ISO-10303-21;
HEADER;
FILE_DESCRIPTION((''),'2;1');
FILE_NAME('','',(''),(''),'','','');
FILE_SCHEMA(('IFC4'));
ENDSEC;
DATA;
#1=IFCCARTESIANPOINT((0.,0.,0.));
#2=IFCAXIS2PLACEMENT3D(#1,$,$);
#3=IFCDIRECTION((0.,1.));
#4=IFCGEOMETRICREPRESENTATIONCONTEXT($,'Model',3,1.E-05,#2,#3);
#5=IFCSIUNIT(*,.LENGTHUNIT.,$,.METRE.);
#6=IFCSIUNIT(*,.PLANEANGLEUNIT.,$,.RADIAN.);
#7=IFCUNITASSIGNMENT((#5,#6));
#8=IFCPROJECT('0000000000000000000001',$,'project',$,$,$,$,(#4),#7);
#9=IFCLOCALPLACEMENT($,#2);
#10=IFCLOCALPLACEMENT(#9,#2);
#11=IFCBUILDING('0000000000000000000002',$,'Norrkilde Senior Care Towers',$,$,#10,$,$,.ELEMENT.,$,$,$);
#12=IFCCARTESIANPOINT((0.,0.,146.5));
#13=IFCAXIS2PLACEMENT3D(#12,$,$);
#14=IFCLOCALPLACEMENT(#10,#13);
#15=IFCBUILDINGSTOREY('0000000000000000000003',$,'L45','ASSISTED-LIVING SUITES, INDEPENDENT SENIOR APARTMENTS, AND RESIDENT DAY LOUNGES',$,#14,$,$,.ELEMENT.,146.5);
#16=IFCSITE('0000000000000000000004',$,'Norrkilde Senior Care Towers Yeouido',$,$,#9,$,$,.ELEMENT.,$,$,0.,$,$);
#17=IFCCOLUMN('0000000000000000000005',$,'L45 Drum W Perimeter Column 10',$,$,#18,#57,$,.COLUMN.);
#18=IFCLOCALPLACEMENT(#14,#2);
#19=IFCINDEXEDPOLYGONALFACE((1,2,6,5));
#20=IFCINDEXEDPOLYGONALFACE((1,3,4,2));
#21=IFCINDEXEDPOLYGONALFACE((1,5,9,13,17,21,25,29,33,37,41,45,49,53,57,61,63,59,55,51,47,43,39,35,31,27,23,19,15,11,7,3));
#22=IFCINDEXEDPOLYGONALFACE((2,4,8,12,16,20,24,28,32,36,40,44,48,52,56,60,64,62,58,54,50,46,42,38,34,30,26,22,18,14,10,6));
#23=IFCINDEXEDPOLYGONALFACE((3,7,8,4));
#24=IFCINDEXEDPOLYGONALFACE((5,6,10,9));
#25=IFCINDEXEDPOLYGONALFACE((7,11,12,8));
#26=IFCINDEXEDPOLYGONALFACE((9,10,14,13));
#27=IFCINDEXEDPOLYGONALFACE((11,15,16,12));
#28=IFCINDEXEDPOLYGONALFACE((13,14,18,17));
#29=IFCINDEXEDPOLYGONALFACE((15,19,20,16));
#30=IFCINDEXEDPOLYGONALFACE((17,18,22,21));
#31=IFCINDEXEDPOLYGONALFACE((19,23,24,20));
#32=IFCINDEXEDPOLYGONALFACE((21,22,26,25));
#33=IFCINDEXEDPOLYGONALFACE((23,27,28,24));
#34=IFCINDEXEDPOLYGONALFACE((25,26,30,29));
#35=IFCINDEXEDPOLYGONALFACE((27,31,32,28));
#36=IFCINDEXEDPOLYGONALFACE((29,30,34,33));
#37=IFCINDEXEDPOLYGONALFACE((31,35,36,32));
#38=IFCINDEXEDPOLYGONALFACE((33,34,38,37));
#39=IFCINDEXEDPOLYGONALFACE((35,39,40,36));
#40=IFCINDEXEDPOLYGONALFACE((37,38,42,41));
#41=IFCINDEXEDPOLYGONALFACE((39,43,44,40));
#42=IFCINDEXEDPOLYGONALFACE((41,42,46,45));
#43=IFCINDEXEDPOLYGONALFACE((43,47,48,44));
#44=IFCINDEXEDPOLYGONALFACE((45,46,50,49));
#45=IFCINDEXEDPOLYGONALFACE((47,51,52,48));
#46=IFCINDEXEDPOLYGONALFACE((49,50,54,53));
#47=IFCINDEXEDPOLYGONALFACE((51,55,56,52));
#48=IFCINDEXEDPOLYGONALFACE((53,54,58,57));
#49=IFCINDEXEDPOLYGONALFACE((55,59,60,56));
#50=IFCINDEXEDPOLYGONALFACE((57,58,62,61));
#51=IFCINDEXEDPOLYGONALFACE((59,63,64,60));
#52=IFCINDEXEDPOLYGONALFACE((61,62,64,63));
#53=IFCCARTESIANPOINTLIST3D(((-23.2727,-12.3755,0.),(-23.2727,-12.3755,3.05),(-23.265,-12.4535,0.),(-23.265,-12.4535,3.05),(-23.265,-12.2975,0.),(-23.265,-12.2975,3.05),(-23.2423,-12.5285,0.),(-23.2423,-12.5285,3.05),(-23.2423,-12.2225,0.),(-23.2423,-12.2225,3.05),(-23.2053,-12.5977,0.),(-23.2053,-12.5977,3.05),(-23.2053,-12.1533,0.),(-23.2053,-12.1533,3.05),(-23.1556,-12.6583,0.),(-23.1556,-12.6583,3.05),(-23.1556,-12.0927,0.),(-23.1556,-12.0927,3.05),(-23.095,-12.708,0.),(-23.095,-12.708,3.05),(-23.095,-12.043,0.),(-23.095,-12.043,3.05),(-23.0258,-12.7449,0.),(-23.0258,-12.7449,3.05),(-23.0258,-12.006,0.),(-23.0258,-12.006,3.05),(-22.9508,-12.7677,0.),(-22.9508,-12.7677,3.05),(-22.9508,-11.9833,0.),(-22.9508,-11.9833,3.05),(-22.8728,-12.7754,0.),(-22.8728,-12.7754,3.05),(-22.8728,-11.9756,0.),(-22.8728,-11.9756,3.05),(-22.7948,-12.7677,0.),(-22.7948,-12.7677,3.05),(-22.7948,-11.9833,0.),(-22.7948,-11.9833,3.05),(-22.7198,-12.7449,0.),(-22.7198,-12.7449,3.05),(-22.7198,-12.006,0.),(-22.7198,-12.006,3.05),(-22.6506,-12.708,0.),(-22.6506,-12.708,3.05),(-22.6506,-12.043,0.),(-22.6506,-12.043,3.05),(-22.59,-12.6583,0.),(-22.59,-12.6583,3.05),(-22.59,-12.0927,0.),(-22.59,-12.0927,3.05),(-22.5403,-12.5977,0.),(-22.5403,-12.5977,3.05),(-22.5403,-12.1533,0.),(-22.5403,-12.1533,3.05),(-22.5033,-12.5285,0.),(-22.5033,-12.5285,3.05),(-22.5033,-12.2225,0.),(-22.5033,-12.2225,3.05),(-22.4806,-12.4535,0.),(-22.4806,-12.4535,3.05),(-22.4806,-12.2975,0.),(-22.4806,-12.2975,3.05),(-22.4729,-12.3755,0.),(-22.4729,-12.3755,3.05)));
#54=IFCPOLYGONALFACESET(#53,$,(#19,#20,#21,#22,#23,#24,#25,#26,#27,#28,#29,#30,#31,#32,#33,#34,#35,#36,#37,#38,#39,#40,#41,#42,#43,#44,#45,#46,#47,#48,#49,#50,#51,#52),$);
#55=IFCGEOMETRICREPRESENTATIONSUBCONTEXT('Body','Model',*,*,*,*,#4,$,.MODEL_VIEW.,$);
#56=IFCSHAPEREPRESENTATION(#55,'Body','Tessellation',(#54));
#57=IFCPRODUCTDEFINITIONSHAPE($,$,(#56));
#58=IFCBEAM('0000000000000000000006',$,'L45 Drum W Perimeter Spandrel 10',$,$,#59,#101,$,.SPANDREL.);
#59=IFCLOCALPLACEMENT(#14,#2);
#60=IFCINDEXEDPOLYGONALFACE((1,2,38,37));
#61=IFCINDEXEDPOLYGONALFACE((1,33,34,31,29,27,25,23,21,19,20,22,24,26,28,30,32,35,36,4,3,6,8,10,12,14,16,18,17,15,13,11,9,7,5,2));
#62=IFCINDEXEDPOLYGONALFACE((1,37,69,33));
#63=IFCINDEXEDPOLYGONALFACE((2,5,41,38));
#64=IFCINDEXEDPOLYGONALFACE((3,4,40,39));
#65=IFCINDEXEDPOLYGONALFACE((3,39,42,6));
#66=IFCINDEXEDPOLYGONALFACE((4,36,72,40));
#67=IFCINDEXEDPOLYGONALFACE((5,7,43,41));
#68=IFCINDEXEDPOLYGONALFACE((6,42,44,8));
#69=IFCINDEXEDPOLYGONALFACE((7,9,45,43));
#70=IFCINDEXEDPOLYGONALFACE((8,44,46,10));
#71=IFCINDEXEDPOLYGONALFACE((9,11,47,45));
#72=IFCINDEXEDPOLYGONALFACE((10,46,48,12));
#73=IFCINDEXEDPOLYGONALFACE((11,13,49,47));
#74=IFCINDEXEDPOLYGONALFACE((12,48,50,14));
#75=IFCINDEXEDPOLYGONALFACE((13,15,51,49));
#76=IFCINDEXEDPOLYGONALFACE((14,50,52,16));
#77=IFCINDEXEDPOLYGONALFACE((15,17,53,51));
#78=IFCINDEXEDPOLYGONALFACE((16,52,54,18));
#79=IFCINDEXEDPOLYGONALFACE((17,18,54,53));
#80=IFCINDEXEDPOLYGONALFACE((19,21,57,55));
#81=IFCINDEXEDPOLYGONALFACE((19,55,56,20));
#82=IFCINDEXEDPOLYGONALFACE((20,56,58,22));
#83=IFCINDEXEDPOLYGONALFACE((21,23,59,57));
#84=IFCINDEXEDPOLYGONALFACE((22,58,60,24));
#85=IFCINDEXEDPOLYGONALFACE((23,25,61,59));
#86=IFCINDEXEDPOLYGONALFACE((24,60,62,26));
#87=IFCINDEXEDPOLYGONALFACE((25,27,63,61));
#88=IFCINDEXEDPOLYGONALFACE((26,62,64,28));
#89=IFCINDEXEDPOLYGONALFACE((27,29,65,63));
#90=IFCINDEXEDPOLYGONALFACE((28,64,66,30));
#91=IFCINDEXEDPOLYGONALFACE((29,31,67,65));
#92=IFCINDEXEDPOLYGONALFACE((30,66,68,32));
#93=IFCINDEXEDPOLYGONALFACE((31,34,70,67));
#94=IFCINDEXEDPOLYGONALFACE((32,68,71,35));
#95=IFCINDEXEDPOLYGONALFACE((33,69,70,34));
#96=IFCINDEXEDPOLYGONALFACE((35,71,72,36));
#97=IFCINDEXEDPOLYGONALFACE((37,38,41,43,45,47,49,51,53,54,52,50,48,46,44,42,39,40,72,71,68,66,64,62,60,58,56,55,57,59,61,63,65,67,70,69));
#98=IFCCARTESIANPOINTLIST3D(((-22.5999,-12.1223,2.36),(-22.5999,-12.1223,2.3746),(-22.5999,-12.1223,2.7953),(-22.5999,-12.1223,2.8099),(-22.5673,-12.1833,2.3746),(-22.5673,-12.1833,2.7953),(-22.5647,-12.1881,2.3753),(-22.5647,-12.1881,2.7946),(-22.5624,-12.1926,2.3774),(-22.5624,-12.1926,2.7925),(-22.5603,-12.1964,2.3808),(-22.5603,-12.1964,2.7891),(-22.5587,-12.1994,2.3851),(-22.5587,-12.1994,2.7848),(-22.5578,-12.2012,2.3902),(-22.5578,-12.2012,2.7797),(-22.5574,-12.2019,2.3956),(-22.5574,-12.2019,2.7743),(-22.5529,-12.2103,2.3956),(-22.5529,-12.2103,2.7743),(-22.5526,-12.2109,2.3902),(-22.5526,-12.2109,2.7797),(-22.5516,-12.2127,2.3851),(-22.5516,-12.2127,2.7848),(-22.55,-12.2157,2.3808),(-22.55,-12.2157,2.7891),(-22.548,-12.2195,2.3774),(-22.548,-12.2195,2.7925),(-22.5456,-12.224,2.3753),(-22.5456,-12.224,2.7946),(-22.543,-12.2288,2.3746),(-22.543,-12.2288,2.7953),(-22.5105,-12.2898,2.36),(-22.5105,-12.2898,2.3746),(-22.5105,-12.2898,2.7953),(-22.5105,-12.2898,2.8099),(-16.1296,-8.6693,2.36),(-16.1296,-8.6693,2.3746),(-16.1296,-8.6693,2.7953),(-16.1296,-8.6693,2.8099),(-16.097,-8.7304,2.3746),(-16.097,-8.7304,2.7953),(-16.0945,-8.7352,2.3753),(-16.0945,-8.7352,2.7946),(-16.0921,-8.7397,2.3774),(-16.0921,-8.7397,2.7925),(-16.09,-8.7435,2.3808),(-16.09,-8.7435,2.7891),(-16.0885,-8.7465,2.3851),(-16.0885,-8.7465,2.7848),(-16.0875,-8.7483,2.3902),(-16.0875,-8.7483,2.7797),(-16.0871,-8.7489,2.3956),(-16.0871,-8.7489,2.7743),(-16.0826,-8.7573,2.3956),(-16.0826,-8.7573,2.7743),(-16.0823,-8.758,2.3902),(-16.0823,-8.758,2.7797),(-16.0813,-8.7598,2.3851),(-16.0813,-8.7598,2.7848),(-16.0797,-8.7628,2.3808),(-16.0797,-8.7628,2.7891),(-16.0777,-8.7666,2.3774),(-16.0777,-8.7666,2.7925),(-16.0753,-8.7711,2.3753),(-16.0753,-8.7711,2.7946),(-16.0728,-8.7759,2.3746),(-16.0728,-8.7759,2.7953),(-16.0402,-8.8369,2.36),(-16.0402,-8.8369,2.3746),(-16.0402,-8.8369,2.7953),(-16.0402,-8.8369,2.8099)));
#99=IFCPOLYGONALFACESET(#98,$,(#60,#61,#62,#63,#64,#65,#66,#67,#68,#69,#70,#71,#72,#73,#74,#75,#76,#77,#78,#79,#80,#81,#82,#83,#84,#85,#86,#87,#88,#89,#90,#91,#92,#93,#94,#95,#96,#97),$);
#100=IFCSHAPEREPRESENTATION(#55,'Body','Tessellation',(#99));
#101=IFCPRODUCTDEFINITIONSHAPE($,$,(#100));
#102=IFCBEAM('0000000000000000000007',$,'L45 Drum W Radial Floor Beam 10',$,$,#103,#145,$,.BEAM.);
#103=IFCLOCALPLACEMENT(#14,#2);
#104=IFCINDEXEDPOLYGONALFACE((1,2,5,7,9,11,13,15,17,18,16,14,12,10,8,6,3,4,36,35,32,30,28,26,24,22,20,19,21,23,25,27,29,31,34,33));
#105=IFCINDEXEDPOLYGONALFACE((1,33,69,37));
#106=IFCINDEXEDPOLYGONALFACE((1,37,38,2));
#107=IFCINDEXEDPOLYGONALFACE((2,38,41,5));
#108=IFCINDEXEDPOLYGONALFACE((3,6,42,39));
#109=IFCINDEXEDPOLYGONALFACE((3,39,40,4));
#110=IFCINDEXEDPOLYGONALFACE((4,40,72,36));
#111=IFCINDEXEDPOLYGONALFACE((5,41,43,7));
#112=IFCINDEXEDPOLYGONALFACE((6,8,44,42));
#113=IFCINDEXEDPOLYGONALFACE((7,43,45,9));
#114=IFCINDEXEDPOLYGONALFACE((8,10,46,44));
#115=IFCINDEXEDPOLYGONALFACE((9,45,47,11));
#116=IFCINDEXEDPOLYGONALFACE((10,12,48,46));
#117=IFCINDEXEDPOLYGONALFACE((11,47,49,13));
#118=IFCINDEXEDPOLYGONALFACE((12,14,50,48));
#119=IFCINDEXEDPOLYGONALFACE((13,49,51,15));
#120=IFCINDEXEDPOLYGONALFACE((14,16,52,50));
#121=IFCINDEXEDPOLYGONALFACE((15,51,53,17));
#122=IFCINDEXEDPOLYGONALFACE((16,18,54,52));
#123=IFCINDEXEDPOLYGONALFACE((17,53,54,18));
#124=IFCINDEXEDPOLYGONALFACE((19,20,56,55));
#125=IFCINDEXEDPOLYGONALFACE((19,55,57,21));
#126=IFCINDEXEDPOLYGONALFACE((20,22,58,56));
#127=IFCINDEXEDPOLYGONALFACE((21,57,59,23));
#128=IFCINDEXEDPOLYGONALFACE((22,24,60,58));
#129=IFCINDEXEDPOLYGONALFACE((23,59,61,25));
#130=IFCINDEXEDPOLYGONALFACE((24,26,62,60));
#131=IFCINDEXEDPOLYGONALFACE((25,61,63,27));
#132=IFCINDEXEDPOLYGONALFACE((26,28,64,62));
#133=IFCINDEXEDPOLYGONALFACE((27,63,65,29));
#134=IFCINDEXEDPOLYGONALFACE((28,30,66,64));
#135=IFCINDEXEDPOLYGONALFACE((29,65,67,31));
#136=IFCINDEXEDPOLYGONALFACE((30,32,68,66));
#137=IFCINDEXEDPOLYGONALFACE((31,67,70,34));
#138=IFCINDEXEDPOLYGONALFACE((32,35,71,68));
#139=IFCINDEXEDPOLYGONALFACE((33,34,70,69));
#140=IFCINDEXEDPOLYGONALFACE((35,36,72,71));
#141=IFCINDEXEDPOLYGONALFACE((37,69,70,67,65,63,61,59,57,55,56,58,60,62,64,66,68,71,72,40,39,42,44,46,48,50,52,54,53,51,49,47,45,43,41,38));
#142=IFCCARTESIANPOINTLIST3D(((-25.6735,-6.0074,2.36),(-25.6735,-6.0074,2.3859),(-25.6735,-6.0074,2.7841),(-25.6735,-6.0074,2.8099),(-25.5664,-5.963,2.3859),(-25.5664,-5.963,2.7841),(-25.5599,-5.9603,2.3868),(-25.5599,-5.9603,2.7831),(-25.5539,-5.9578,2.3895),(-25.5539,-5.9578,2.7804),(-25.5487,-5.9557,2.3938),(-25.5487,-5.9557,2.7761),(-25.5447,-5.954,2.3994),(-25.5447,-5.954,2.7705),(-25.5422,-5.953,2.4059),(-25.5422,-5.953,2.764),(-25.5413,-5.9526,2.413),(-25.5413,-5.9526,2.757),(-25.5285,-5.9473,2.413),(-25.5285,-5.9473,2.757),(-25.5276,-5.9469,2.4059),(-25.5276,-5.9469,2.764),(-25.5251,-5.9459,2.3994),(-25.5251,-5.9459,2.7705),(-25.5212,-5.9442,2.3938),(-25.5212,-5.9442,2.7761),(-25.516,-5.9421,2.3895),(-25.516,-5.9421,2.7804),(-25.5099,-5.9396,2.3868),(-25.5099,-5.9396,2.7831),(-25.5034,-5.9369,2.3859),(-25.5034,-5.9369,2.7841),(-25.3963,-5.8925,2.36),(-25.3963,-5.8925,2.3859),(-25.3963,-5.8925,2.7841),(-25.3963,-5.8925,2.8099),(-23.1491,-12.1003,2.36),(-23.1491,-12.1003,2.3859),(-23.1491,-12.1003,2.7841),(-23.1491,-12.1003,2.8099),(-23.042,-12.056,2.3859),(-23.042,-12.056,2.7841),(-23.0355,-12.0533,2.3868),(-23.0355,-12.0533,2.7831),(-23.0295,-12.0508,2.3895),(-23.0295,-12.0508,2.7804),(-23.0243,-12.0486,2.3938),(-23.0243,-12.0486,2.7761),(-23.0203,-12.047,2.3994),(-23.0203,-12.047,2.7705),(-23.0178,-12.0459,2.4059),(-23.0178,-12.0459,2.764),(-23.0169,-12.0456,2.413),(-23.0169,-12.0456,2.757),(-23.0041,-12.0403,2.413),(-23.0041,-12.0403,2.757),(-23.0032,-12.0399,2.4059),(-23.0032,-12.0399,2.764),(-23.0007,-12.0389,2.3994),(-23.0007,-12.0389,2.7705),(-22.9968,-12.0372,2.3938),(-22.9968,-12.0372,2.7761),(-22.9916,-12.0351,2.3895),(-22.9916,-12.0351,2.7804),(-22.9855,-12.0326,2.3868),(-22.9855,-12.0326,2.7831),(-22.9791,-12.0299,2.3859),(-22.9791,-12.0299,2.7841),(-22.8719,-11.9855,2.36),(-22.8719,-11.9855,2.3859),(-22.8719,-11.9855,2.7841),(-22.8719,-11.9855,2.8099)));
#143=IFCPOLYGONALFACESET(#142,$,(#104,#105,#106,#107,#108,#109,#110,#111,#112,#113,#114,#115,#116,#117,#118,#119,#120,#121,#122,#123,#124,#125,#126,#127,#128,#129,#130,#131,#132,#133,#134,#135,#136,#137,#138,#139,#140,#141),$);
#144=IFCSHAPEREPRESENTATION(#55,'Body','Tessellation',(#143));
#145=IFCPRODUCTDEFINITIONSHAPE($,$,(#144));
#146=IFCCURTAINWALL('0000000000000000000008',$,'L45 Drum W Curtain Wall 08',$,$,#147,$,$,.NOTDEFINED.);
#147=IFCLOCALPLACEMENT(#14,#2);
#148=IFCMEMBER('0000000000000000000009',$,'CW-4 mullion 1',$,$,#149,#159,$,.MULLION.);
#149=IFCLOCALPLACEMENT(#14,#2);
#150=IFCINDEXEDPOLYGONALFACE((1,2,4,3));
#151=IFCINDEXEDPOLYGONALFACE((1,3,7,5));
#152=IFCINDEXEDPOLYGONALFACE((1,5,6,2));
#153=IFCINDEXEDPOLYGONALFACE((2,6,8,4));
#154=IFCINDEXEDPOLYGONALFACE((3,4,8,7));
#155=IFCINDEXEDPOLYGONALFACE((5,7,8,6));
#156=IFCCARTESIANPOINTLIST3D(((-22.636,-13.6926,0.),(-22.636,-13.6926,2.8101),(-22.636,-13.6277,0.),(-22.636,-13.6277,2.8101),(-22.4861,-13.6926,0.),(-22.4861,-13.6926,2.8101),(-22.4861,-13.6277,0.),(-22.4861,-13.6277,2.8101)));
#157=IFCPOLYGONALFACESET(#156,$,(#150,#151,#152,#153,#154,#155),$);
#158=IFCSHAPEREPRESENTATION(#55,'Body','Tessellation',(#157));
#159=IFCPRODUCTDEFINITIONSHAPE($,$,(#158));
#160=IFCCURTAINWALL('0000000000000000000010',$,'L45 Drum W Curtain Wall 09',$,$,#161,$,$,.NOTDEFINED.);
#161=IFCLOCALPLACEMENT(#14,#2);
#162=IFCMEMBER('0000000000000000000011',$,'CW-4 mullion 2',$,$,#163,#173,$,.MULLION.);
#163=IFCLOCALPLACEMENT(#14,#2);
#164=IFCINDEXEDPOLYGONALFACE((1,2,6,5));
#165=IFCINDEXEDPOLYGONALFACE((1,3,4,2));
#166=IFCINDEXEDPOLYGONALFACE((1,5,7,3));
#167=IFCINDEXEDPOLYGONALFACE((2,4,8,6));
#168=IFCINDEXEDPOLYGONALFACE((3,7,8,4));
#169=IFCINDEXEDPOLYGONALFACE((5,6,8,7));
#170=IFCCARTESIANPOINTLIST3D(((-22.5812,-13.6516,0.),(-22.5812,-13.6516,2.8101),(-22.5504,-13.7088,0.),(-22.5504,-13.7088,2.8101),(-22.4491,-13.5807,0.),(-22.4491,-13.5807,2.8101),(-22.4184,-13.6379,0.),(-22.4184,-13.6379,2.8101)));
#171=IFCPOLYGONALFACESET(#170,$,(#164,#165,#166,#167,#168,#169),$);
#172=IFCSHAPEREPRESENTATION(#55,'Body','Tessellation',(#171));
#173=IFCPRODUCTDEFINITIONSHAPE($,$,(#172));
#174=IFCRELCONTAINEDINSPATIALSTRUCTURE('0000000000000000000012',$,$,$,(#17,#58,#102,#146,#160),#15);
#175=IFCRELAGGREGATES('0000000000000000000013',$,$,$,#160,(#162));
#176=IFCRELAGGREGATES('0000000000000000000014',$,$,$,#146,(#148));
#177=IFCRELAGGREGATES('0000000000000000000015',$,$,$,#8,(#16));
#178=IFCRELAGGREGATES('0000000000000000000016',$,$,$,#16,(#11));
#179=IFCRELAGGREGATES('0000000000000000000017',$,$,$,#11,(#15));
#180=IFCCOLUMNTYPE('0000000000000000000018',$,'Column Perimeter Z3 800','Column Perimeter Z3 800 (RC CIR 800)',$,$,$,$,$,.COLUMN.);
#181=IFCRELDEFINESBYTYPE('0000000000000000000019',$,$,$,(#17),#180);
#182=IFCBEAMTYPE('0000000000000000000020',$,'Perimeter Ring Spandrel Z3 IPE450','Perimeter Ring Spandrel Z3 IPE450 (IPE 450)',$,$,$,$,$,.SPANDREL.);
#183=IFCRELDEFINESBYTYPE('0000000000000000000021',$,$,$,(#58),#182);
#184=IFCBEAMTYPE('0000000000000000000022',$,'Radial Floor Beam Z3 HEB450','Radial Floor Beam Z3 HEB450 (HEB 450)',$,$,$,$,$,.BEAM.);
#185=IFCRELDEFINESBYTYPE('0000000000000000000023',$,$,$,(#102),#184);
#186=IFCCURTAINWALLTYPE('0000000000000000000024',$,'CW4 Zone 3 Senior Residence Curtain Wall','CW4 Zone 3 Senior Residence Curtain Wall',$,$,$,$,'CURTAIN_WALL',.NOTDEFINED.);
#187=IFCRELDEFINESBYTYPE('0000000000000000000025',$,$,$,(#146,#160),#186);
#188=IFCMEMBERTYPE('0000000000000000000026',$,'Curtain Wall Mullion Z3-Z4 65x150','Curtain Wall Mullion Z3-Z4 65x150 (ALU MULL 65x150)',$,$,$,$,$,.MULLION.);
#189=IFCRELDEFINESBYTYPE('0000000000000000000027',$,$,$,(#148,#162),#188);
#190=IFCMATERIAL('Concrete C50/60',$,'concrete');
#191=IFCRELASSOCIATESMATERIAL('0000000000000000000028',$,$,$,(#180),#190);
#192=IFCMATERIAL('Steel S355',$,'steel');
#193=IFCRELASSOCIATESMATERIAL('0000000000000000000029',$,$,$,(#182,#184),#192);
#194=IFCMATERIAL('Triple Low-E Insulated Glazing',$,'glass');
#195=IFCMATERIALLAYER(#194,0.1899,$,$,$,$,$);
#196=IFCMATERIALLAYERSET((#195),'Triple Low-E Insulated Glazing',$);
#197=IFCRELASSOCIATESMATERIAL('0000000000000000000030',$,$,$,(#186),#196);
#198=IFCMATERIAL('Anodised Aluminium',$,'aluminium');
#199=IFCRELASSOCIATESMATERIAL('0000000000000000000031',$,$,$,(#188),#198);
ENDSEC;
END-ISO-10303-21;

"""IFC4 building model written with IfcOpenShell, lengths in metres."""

from ifc_helpers import new_model, si_unit, direction, frame, origin, origin_2d, place, context, subcontext, project, spatial, rectangle, circle, i_section, extrude, source, transform, mapped, material, layer, layer_set, material_profile, profile_set, type_object, type_shapes, element, aggregate, save


model = new_model("IFC4")

# Units and contexts
model_context = context("Model", 3, precision=1e-05, world=origin(), true_north=direction((0.0, 1.0)))
body_context = subcontext(model_context, "Body", "Model", "MODEL_VIEW")
ifc_project = project(units=[si_unit("LENGTHUNIT", "METRE"), si_unit("PLANEANGLEUNIT", "RADIAN")], contexts=[model_context])

# Site, building, storey
site_placement = place(None, origin())
site = spatial("IfcSite", under=ifc_project, at=site_placement, Name="Norrkilde Senior Care Towers Yeouido", CompositionType="ELEMENT", RefElevation=0.0)
building_placement = place(site_placement, origin())
building = spatial("IfcBuilding", under=site, at=building_placement, Name="Norrkilde Senior Care Towers", CompositionType="ELEMENT")
storey_placement = place(building_placement, frame((0.0, 0.0, 146.5)))
storey = spatial("IfcBuildingStorey", under=building, at=storey_placement, Name="L45", Description="ASSISTED-LIVING SUITES, INDEPENDENT SENIOR APARTMENTS, AND RESIDENT DAY LOUNGES", CompositionType="ELEMENT", Elevation=146.5)

# Column
ifc_material_1 = material(Name="Concrete C50/60", Category="concrete")
ifc_material_profile_1 = material_profile(ifc_material_1, circle(Radius=0.3999, at=origin_2d()), Name="RC CIR 800")
ifc_profile_set_1 = profile_set([ifc_material_profile_1], Name="Concrete C50/60")
column_type = type_object("IfcColumnType", Name="Column Perimeter Z3 800", Description="Column Perimeter Z3 800 (RC CIR 800)", PredefinedType="COLUMN", material=ifc_profile_set_1)
shared_shape_1 = source(origin(), body_context, "Body", "SweptSolid", [
    extrude(circle(Radius=0.3999, at=origin_2d()), origin(), (0.0, 0.0, 1.0), 3.05),
])
type_shapes(column_type, [shared_shape_1])
column_placement = place(storey_placement, frame((-22.8728, -12.3755, 0.0), z_axis=(0.0, 0.0, 1.0), x_axis=(1.0, 0.0, 0.0)))
element("IfcColumn", 1, at=column_placement, inside=storey, type_object=column_type, Name="L45 Drum W Perimeter Column 10", PredefinedType="COLUMN", context=body_context, shape_type="MappedRepresentation", body=[
    mapped(shared_shape_1, transform((0.0, 0.0, 0.0), x_axis=(1.0, 0.0, 0.0), y_axis=(0.0, 1.0, 0.0), z_axis=(0.0, 0.0, 1.0), scale=1.0)),
])

# Beams
ifc_material_2 = material(Name="Steel S355", Category="steel")
ifc_material_profile_2 = material_profile(ifc_material_2, i_section(OverallWidth=0.1899, OverallDepth=0.45, WebThickness=0.0095, FlangeThickness=0.0146, FilletRadius=0.021, at=origin_2d()), Name="IPE 450")
ifc_profile_set_2 = profile_set([ifc_material_profile_2], Name="Steel S355")
beam_type_1 = type_object("IfcBeamType", Name="Perimeter Ring Spandrel Z3 IPE450", Description="Perimeter Ring Spandrel Z3 IPE450 (IPE 450)", PredefinedType="SPANDREL", material=ifc_profile_set_2)
shared_shape_2 = source(origin(), body_context, "Body", "SweptSolid", [
    extrude(i_section(OverallWidth=0.1899, OverallDepth=0.45, WebThickness=0.0095, FlangeThickness=0.0146, FilletRadius=0.021, at=origin_2d()), origin(), (0.0, 0.0, 1.0), 7.334),
])
type_shapes(beam_type_1, [shared_shape_2])
beam_1_placement = place(storey_placement, frame((-22.5552, -12.2061, 2.585), z_axis=(0.882234, 0.470811, 0.0), x_axis=(-0.470811, 0.882234, 0.0)))
element("IfcBeam", 2, at=beam_1_placement, inside=storey, type_object=beam_type_1, Name="L45 Drum W Perimeter Spandrel 10", PredefinedType="SPANDREL", context=body_context, shape_type="MappedRepresentation", body=[
    mapped(shared_shape_2, transform((0.0, 0.0, 0.0), x_axis=(1.0, 0.0, 0.0), y_axis=(0.0, 1.0, 0.0), z_axis=(0.0, 0.0, 1.0), scale=1.0)),
])
ifc_material_profile_3 = material_profile(ifc_material_2, i_section(OverallWidth=0.3, OverallDepth=0.45, WebThickness=0.0139, FlangeThickness=0.0259, FilletRadius=0.0271, at=origin_2d()), Name="HEB 450")
ifc_profile_set_3 = profile_set([ifc_material_profile_3], Name="Steel S355")
beam_type_2 = type_object("IfcBeamType", Name="Radial Floor Beam Z3 HEB450", Description="Radial Floor Beam Z3 HEB450 (HEB 450)", PredefinedType="BEAM", material=ifc_profile_set_3)
shared_shape_3 = source(origin(), body_context, "Body", "SweptSolid", [
    extrude(i_section(OverallWidth=0.3, OverallDepth=0.45, WebThickness=0.0139, FlangeThickness=0.0259, FilletRadius=0.0271, at=origin_2d()), origin(), (0.0, 0.0, 1.0), 6.5952),
])
type_shapes(beam_type_2, [shared_shape_3])
beam_2_placement = place(storey_placement, frame((-25.5349, -5.95, 2.585), z_axis=(0.382762, -0.923847, 0.0), x_axis=(0.923847, 0.382762, 0.0)))
element("IfcBeam", 3, at=beam_2_placement, inside=storey, type_object=beam_type_2, Name="L45 Drum W Radial Floor Beam 10", PredefinedType="BEAM", context=body_context, shape_type="MappedRepresentation", body=[
    mapped(shared_shape_3, transform((0.0, 0.0, 0.0), x_axis=(1.0, 0.0, 0.0), y_axis=(0.0, 1.0, 0.0), z_axis=(0.0, 0.0, 1.0), scale=1.0)),
])

# Curtain walls, members
ifc_material_3 = material(Name="Triple Low-E Insulated Glazing", Category="glass")
ifc_layer_1 = layer(ifc_material_3, 0.1899)
ifc_layer_set_1 = layer_set([ifc_layer_1], Name="Triple Low-E Insulated Glazing")
curtain_wall_type = type_object("IfcCurtainWallType", Name="CW4 Zone 3 Senior Residence Curtain Wall", Description="CW4 Zone 3 Senior Residence Curtain Wall", ElementType="CURTAIN_WALL", PredefinedType="NOTDEFINED", material=ifc_layer_set_1)
curtain_wall_1_placement = place(storey_placement, origin())
curtain_wall_1 = element("IfcCurtainWall", 4, at=curtain_wall_1_placement, inside=storey, type_object=curtain_wall_type, Name="L45 Drum W Curtain Wall 08", PredefinedType="NOTDEFINED")
ifc_material_4 = material(Name="Anodised Aluminium", Category="aluminium")
ifc_material_profile_4 = material_profile(ifc_material_4, rectangle(XDim=0.0649, YDim=0.1499, at=origin_2d()), Name="ALU MULL 65x150")
ifc_profile_set_4 = profile_set([ifc_material_profile_4], Name="Anodised Aluminium")
member_type_1 = type_object("IfcMemberType", Name="Curtain Wall Mullion Z3-Z4 65x150", Description="Curtain Wall Mullion Z3-Z4 65x150 (ALU MULL 65x150)", PredefinedType="MULLION", material=ifc_profile_set_4)
shared_shape_4 = source(origin(), body_context, "Body", "SweptSolid", [
    extrude(rectangle(XDim=0.0649, YDim=0.1499, at=origin_2d()), origin(), (0.0, 0.0, 1.0), 2.8101),
])
type_shapes(member_type_1, [shared_shape_4])
member_1_placement = place(storey_placement, frame((-22.561, -13.6602, 0.0), z_axis=(0.0, 0.0, 1.0), x_axis=(0.0, -1.0, 0.0)))
member_1 = element("IfcMember", 5, at=member_1_placement, type_object=member_type_1, Name="CW-4 mullion 1", PredefinedType="MULLION", context=body_context, shape_type="MappedRepresentation", body=[
    mapped(shared_shape_4, transform((0.0, 0.0, 0.0), x_axis=(1.0, 0.0, 0.0), y_axis=(0.0, 1.0, 0.0), z_axis=(0.0, 0.0, 1.0), scale=1.0)),
])
curtain_wall_2_placement = place(storey_placement, origin())
curtain_wall_2 = element("IfcCurtainWall", 6, at=curtain_wall_2_placement, inside=storey, type_object=curtain_wall_type, Name="L45 Drum W Curtain Wall 09", PredefinedType="NOTDEFINED")
member_2_placement = place(storey_placement, frame((-22.4998, -13.6448, 0.0), z_axis=(0.0, 0.0, 1.0), x_axis=(0.473117, -0.881, 0.0)))
member_2 = element("IfcMember", 7, at=member_2_placement, type_object=member_type_1, Name="CW-4 mullion 2", PredefinedType="MULLION", context=body_context, shape_type="MappedRepresentation", body=[
    mapped(shared_shape_4, transform((0.0, 0.0, 0.0), x_axis=(1.0, 0.0, 0.0), y_axis=(0.0, 1.0, 0.0), z_axis=(0.0, 0.0, 1.0), scale=1.0)),
])
aggregate(curtain_wall_2, [member_2])

aggregate(curtain_wall_1, [member_1])

save(model, "model.ifc")
